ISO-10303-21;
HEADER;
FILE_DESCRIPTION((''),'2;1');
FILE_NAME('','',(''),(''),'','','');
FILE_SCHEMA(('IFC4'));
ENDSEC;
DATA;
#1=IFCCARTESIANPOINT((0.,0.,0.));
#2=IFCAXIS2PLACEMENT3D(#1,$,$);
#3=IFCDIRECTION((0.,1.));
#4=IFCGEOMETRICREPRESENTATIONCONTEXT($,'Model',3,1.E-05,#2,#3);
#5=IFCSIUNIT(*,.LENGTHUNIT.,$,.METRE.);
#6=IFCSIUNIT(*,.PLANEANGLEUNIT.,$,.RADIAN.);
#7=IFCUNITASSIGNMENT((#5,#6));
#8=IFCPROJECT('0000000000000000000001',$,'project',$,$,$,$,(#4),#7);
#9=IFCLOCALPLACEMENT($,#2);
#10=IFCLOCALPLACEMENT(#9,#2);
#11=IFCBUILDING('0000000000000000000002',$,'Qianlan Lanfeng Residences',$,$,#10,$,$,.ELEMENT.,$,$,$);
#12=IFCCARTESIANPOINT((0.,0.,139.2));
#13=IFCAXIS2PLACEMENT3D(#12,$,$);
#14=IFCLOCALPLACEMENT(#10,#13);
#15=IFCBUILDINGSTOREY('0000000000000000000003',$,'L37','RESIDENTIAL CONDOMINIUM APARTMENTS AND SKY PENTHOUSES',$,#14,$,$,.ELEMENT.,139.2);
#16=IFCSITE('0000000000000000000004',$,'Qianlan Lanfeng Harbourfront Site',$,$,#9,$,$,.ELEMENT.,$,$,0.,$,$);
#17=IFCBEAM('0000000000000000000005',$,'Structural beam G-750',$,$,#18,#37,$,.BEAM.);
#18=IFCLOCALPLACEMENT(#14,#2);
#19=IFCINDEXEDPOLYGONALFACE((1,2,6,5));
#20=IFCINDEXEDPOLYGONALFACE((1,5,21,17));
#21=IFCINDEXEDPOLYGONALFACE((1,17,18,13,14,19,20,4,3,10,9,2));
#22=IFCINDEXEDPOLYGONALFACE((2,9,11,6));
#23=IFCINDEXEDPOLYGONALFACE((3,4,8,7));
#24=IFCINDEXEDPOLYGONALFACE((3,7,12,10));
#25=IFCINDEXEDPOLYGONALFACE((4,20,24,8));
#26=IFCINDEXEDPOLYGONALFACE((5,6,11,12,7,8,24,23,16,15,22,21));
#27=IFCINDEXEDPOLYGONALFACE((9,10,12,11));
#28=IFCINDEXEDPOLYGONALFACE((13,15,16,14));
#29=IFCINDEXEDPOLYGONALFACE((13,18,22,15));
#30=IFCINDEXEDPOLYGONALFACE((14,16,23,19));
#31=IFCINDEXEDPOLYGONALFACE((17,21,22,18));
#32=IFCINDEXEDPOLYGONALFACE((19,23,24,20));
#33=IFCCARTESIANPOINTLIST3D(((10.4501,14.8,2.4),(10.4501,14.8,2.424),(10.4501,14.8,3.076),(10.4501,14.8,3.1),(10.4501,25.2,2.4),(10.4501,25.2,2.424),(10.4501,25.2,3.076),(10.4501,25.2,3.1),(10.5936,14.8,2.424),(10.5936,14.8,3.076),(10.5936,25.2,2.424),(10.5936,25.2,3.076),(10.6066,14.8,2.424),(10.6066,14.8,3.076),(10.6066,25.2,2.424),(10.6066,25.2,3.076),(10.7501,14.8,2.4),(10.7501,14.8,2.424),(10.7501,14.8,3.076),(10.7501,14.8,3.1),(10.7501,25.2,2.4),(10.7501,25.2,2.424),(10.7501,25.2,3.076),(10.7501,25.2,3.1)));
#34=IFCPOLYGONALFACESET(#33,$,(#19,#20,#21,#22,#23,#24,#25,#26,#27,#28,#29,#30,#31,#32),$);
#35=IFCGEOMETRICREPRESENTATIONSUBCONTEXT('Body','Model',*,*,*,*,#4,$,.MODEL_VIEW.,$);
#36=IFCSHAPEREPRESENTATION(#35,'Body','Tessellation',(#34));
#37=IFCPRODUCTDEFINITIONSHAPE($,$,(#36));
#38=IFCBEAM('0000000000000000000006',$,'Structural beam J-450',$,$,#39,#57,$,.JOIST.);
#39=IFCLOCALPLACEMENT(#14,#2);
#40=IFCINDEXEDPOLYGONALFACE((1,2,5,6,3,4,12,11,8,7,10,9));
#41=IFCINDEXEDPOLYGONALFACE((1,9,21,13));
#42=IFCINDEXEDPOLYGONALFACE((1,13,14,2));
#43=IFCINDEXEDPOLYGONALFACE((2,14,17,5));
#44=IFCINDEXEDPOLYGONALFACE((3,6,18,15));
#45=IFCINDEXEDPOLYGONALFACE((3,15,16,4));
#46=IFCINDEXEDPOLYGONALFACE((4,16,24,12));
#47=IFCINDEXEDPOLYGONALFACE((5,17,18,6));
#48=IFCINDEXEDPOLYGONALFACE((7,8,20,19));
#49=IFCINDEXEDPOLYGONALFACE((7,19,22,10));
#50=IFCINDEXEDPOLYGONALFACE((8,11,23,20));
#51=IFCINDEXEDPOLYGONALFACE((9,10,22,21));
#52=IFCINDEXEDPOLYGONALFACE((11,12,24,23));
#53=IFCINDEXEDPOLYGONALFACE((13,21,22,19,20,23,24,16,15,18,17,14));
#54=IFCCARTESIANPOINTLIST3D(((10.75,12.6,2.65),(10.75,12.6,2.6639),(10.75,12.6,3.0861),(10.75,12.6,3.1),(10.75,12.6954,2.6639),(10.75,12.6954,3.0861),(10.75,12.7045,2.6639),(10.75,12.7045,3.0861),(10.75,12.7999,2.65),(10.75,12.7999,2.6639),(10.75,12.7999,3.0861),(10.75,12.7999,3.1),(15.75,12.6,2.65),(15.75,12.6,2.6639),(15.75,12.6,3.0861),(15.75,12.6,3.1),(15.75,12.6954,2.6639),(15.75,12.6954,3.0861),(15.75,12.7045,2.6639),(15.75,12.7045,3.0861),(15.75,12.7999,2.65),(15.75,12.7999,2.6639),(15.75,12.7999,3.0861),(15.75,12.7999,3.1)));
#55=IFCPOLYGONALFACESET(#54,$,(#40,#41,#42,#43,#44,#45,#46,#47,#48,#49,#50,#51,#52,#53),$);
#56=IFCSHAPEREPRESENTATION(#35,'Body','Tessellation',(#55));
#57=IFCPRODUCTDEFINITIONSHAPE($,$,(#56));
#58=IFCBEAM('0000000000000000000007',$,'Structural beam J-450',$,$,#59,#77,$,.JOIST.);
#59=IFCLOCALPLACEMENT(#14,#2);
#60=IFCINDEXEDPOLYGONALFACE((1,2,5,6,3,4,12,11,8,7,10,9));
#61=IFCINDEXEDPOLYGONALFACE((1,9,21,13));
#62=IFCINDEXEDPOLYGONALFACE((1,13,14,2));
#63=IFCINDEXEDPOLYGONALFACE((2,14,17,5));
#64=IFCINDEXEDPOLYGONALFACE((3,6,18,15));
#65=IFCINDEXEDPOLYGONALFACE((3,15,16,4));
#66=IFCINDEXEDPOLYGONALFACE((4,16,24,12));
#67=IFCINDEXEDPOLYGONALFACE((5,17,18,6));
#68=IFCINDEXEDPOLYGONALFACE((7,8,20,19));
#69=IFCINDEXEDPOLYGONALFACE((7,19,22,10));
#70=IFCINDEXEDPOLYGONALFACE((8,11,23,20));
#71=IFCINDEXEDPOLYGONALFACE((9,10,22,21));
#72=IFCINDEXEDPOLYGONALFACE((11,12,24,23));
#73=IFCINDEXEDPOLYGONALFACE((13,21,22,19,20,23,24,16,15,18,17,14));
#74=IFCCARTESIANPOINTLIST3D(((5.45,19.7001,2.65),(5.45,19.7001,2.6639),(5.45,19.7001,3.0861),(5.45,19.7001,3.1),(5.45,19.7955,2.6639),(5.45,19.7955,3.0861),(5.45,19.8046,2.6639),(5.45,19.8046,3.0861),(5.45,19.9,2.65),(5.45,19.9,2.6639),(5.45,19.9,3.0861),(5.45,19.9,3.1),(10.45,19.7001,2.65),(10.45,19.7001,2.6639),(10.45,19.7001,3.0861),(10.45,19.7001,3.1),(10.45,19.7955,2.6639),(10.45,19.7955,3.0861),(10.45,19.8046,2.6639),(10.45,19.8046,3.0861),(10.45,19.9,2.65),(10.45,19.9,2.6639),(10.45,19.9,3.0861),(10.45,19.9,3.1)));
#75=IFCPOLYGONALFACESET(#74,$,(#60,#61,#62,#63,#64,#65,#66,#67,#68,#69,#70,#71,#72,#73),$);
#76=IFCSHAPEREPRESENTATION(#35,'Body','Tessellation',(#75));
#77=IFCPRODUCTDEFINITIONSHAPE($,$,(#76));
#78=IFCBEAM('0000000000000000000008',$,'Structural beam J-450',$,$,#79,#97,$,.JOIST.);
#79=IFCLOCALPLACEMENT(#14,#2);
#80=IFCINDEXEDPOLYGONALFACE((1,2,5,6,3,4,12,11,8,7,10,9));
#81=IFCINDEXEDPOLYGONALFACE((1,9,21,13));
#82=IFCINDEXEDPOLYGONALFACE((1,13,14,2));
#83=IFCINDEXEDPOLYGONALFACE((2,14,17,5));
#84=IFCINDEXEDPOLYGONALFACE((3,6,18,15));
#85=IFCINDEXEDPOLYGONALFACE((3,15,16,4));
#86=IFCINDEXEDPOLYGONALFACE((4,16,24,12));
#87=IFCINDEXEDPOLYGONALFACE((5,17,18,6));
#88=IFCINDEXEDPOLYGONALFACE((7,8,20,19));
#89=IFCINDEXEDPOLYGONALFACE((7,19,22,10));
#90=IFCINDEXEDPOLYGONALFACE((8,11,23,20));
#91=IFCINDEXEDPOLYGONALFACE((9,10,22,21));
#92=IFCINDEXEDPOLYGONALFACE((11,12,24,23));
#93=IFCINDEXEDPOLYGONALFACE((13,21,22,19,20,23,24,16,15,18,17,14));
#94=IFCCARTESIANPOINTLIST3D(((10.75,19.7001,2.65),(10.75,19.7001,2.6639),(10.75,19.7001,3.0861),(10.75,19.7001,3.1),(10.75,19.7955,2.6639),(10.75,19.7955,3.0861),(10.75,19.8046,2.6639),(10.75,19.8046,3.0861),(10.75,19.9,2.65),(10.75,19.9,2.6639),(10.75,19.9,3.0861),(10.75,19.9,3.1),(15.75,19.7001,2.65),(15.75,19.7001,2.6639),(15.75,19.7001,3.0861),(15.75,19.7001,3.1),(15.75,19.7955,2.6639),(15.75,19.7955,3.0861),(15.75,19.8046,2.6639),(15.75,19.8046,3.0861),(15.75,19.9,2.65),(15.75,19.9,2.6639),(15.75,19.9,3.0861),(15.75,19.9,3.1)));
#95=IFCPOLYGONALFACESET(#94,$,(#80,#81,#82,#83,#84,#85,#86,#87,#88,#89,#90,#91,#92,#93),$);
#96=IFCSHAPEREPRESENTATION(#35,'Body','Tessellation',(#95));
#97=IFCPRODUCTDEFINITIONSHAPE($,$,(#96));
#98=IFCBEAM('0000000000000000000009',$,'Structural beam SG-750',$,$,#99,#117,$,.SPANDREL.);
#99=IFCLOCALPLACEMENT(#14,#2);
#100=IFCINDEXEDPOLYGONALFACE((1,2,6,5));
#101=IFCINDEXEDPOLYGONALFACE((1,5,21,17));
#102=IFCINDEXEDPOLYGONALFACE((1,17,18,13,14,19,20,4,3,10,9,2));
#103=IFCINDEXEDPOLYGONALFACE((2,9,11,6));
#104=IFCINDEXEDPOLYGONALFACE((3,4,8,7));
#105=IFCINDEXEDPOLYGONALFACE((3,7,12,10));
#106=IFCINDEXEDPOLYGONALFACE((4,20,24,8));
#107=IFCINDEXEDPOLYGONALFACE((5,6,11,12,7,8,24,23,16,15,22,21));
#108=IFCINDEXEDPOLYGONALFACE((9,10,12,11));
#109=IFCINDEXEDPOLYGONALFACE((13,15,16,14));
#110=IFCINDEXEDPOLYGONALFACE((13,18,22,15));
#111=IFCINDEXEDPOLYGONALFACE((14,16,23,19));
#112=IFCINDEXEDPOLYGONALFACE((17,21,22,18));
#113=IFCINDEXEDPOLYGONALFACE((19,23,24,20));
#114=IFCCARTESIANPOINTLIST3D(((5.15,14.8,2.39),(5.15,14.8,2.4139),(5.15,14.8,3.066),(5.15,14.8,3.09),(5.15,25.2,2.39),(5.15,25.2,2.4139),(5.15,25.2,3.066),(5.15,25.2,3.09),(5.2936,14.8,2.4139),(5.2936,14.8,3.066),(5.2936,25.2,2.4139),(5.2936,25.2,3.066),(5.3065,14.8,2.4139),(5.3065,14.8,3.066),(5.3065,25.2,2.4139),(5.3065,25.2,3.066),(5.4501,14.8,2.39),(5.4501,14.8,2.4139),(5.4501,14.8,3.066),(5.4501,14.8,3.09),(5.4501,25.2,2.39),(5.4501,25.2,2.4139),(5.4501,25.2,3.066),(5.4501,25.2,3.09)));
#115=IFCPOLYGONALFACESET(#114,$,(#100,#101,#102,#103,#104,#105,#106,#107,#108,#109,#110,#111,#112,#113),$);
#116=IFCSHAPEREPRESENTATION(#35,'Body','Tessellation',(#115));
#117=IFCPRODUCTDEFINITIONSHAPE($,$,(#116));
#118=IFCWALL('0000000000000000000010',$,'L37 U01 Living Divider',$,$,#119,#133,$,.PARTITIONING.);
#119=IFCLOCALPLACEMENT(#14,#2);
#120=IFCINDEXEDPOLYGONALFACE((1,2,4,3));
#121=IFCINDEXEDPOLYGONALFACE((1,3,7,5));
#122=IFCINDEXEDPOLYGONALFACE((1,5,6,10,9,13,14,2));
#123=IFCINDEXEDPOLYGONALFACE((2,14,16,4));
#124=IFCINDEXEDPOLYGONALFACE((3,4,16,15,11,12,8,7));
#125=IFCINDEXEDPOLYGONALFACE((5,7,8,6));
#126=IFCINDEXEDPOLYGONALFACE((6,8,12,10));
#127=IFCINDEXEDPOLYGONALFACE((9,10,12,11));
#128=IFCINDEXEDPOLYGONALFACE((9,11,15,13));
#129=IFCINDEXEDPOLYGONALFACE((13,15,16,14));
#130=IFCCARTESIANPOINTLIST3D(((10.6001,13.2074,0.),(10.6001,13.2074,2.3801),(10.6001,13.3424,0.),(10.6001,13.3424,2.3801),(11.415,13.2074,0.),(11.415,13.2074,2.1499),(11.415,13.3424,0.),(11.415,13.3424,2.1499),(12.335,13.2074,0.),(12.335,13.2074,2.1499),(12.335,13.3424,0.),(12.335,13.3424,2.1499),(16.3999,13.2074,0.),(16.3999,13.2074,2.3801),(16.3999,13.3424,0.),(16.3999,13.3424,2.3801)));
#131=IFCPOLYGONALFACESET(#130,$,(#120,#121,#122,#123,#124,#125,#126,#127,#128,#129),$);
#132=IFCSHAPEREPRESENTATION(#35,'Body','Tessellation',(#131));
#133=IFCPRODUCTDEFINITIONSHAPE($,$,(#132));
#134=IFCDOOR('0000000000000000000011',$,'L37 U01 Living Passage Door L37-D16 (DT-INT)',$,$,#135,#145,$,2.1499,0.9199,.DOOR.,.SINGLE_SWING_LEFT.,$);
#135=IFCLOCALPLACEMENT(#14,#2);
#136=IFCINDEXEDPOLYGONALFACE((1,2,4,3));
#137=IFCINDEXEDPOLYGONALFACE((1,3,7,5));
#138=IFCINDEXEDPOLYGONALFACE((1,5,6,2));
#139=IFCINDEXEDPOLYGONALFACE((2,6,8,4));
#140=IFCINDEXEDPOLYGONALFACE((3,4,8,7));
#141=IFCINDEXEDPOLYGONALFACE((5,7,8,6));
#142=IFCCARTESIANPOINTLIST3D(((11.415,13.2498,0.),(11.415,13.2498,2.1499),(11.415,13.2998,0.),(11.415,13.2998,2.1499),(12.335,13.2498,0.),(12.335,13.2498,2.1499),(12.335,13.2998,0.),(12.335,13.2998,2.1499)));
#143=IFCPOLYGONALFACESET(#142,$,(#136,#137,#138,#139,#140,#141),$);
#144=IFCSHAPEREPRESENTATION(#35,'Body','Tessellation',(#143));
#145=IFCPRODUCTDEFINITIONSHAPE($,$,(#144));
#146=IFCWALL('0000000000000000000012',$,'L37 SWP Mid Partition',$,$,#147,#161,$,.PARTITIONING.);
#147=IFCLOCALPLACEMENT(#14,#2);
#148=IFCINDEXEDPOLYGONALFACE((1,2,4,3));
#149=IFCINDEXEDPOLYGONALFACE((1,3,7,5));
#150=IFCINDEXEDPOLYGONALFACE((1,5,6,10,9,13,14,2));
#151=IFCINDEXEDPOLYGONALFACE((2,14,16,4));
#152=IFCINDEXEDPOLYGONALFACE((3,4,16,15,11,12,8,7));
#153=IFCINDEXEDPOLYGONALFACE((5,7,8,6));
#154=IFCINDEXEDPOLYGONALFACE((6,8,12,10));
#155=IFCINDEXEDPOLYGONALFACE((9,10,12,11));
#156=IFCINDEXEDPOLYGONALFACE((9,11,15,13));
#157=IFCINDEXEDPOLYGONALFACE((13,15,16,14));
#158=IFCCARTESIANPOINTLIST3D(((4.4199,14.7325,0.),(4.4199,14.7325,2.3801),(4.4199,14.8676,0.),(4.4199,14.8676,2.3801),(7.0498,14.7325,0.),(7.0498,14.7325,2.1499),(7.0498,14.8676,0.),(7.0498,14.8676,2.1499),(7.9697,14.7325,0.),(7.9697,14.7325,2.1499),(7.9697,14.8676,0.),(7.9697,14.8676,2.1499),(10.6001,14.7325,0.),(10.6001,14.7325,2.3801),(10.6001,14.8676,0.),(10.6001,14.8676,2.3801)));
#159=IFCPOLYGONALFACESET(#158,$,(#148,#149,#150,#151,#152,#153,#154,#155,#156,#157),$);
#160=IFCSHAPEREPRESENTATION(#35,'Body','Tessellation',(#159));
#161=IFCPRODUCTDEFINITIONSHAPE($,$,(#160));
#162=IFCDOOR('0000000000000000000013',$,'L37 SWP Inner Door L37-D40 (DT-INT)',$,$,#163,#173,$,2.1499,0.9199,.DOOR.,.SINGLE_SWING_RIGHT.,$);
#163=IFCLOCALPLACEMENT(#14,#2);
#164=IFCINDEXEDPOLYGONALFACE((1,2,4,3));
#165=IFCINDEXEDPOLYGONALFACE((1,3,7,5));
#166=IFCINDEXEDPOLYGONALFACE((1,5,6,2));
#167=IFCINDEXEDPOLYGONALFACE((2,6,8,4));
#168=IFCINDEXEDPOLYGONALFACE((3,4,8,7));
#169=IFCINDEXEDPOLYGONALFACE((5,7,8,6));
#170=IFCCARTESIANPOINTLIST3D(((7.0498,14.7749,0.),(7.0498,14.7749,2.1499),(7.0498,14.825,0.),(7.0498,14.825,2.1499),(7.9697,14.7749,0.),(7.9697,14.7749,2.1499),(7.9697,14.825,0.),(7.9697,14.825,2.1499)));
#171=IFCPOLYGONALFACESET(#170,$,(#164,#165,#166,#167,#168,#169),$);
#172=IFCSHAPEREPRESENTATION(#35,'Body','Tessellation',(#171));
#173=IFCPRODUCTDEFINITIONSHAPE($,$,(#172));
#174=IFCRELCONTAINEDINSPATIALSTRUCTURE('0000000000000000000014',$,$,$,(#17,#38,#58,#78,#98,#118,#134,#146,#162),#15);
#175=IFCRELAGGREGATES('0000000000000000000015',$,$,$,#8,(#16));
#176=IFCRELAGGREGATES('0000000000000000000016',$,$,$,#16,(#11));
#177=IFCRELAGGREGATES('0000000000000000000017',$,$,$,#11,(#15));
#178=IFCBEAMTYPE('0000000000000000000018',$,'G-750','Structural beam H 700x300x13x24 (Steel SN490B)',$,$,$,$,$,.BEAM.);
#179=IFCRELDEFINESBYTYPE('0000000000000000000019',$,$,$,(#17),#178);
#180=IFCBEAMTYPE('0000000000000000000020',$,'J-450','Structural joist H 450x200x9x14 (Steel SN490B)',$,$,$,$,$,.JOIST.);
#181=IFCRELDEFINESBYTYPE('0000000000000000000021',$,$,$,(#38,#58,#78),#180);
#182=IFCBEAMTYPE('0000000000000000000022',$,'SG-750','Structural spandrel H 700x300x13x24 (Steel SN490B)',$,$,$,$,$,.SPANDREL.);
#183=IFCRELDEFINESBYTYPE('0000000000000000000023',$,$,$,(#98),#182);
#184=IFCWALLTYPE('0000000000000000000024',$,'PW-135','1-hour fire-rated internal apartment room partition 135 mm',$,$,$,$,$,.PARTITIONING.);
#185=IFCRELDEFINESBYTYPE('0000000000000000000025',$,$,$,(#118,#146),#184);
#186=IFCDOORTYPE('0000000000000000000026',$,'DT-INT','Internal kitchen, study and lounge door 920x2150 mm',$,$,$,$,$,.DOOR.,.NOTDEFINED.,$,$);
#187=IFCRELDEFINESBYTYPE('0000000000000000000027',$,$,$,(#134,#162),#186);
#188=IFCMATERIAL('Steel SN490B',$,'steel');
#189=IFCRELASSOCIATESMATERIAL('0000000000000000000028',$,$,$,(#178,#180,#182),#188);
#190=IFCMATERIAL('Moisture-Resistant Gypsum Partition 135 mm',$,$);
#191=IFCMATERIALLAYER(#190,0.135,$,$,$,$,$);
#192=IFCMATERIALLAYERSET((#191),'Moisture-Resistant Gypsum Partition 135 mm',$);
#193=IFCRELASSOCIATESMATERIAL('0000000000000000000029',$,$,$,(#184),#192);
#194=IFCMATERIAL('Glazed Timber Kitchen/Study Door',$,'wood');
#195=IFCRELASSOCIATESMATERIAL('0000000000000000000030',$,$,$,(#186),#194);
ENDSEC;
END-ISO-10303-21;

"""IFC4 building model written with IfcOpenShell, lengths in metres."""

from ifc_helpers import new_model, si_unit, direction, frame, frame_2d, origin, origin_2d, place, context, subcontext, project, spatial, rectangle, i_section, extrude, material, layer, layer_set, material_profile, profile_set, type_object, element, fill, save


model = new_model("IFC4")

# Units and contexts
model_context = context("Model", 3, precision=1e-05, world=origin(), true_north=direction((0.0, 1.0)))
body_context = subcontext(model_context, "Body", "Model", "MODEL_VIEW")
ifc_project = project(units=[si_unit("LENGTHUNIT", "METRE"), si_unit("PLANEANGLEUNIT", "RADIAN")], contexts=[model_context])

# Site, building, storey
site_placement = place(None, origin())
site = spatial("IfcSite", under=ifc_project, at=site_placement, Name="Qianlan Lanfeng Harbourfront Site", CompositionType="ELEMENT", RefElevation=0.0)
building_placement = place(site_placement, origin())
building = spatial("IfcBuilding", under=site, at=building_placement, Name="Qianlan Lanfeng Residences", CompositionType="ELEMENT")
storey_placement = place(building_placement, frame((0.0, 0.0, 139.2)))
storey = spatial("IfcBuildingStorey", under=building, at=storey_placement, Name="L37", Description="RESIDENTIAL CONDOMINIUM APARTMENTS AND SKY PENTHOUSES", CompositionType="ELEMENT", Elevation=139.2)

# Shared definitions
ifc_material_1 = material(Name="Steel SN490B", Category="steel")

# Beams
ifc_material_profile_1 = material_profile(ifc_material_1, i_section(OverallWidth=0.3, OverallDepth=0.7, WebThickness=0.0129, FlangeThickness=0.0239, at=origin_2d()), Name="H 700x300x13x24")
ifc_profile_set_1 = profile_set([ifc_material_profile_1], Name="Steel SN490B")
beam_type_1 = type_object("IfcBeamType", Name="G-750", Description="Structural beam H 700x300x13x24 (Steel SN490B)", PredefinedType="BEAM", material=ifc_profile_set_1)
beam_1_placement = place(storey_placement, frame((10.6001, 14.8, 2.75), z_axis=(0.0, 1.0, 0.0), x_axis=(-1.0, 0.0, 0.0)))
element("IfcBeam", 1, at=beam_1_placement, inside=storey, type_object=beam_type_1, Name="Structural beam G-750", PredefinedType="BEAM", context=body_context, shape_type="SweptSolid", body=[
    extrude(i_section(OverallWidth=0.3, OverallDepth=0.7, WebThickness=0.0129, FlangeThickness=0.0239, at=origin_2d()), origin(), (0.0, 0.0, 1.0), 10.3999),
])
ifc_material_profile_2 = material_profile(ifc_material_1, i_section(OverallWidth=0.2, OverallDepth=0.45, WebThickness=0.009, FlangeThickness=0.0139, at=origin_2d()), Name="H 450x200x9x14")
ifc_profile_set_2 = profile_set([ifc_material_profile_2], Name="Steel SN490B")
beam_type_2 = type_object("IfcBeamType", Name="J-450", Description="Structural joist H 450x200x9x14 (Steel SN490B)", PredefinedType="JOIST", material=ifc_profile_set_2)
for number, where, z_axis, x_axis, name in (
    (2, (10.75, 12.7, 2.875), (1.0, 0.0, 0.0), (0.0, 1.0, 0.0), "Structural beam J-450"),
    (3, (5.45, 19.8, 2.875), (1.0, 0.0, 0.0), (0.0, 1.0, 0.0), "Structural beam J-450"),
    (4, (10.75, 19.8, 2.875), (1.0, 0.0, 0.0), (0.0, 1.0, 0.0), "Structural beam J-450"),
):
    element("IfcBeam", number, at=place(storey_placement, frame(where, z_axis=z_axis, x_axis=x_axis)), inside=storey, type_object=beam_type_2, Name=name, PredefinedType="JOIST", context=body_context, shape_type="SweptSolid", body=[
        extrude(i_section(OverallWidth=0.2, OverallDepth=0.45, WebThickness=0.009, FlangeThickness=0.0139, at=origin_2d()), origin(), (0.0, 0.0, 1.0), 5.0),
    ])
ifc_material_profile_3 = material_profile(ifc_material_1, i_section(OverallWidth=0.3, OverallDepth=0.7, WebThickness=0.0129, FlangeThickness=0.0239, at=origin_2d()), Name="H 700x300x13x24")
ifc_profile_set_3 = profile_set([ifc_material_profile_3], Name="Steel SN490B")
beam_type_3 = type_object("IfcBeamType", Name="SG-750", Description="Structural spandrel H 700x300x13x24 (Steel SN490B)", PredefinedType="SPANDREL", material=ifc_profile_set_3)
beam_2_placement = place(storey_placement, frame((5.3, 14.8, 2.74), z_axis=(0.0, 1.0, 0.0), x_axis=(-1.0, 0.0, 0.0)))
element("IfcBeam", 5, at=beam_2_placement, inside=storey, type_object=beam_type_3, Name="Structural beam SG-750", PredefinedType="SPANDREL", context=body_context, shape_type="SweptSolid", body=[
    extrude(i_section(OverallWidth=0.3, OverallDepth=0.7, WebThickness=0.0129, FlangeThickness=0.0239, at=origin_2d()), origin(), (0.0, 0.0, 1.0), 10.3999),
])

# Walls, openings, doors
ifc_material_2 = material(Name="Moisture-Resistant Gypsum Partition 135 mm")
ifc_layer_1 = layer(ifc_material_2, 0.135)
ifc_layer_set_1 = layer_set([ifc_layer_1], Name="Moisture-Resistant Gypsum Partition 135 mm")
wall_type_1 = type_object("IfcWallType", Name="PW-135", Description="1-hour fire-rated internal apartment room partition 135 mm", PredefinedType="PARTITIONING", material=ifc_layer_set_1)
wall_1_placement = place(storey_placement, frame((10.6001, 13.2749, 0.0), z_axis=(0.0, 0.0, 1.0), x_axis=(1.0, 0.0, 0.0)))
wall_1 = element("IfcWall", 6, at=wall_1_placement, inside=storey, type_object=wall_type_1, Name="L37 U01 Living Divider", PredefinedType="PARTITIONING", context=body_context, shape_type="SweptSolid", body=[
    extrude(rectangle(XDim=5.7998, YDim=0.135, at=frame_2d((2.8999, 0.0))), origin(), (0.0, 0.0, 1.0), 2.3801),
])
opening_1_placement = place(wall_1_placement, frame((0.8149, 0.0, 0.0)))
opening_1 = element("IfcOpeningElement", 7, at=opening_1_placement, cuts=wall_1, PredefinedType="OPENING", context=body_context, shape_type="SweptSolid", body=[
    extrude(rectangle(XDim=0.9199, YDim=2.1499, at=frame_2d((0.46, 1.075))), frame((0.0, 0.0776, 0.0), z_axis=(0.0, -1.0, 0.0), x_axis=(1.0, 0.0, 0.0)), (0.0, 0.0, 1.0), 0.155),
])
ifc_material_3 = material(Name="Glazed Timber Kitchen/Study Door", Category="wood")
door_type_1 = type_object("IfcDoorType", Name="DT-INT", Description="Internal kitchen, study and lounge door 920x2150 mm", OperationType="NOTDEFINED", PredefinedType="DOOR", material=ifc_material_3)
door_1_placement = place(opening_1_placement, origin())
door_1 = element("IfcDoor", 8, at=door_1_placement, inside=storey, type_object=door_type_1, Name="L37 U01 Living Passage Door L37-D16 (DT-INT)", OperationType="SINGLE_SWING_LEFT", OverallHeight=2.1499, OverallWidth=0.9199, PredefinedType="DOOR", context=body_context, shape_type="SweptSolid", body=[
    extrude(rectangle(XDim=0.9199, YDim=2.1499, at=frame_2d((0.46, 1.075))), frame((0.0, 0.0249, 0.0), z_axis=(0.0, -1.0, 0.0), x_axis=(1.0, 0.0, 0.0)), (0.0, 0.0, 1.0), 0.05),
])
fill(opening_1, door_1)
wall_2_placement = place(storey_placement, frame((4.4199, 14.8, 0.0), z_axis=(0.0, 0.0, 1.0), x_axis=(1.0, 0.0, 0.0)))
wall_2 = element("IfcWall", 9, at=wall_2_placement, inside=storey, type_object=wall_type_1, Name="L37 SWP Mid Partition", PredefinedType="PARTITIONING", context=body_context, shape_type="SweptSolid", body=[
    extrude(rectangle(XDim=6.1802, YDim=0.135, at=frame_2d((3.0901, 0.0))), origin(), (0.0, 0.0, 1.0), 2.3801),
])
opening_2_placement = place(wall_2_placement, frame((2.6299, 0.0, 0.0)))
opening_2 = element("IfcOpeningElement", 10, at=opening_2_placement, cuts=wall_2, PredefinedType="OPENING", context=body_context, shape_type="SweptSolid", body=[
    extrude(rectangle(XDim=0.9199, YDim=2.1499, at=frame_2d((0.46, 1.075))), frame((0.0, 0.0776, 0.0), z_axis=(0.0, -1.0, 0.0), x_axis=(1.0, 0.0, 0.0)), (0.0, 0.0, 1.0), 0.155),
])
door_2_placement = place(opening_2_placement, origin())
door_2 = element("IfcDoor", 11, at=door_2_placement, inside=storey, type_object=door_type_1, Name="L37 SWP Inner Door L37-D40 (DT-INT)", OperationType="SINGLE_SWING_RIGHT", OverallHeight=2.1499, OverallWidth=0.9199, PredefinedType="DOOR", context=body_context, shape_type="SweptSolid", body=[
    extrude(rectangle(XDim=0.9199, YDim=2.1499, at=frame_2d((0.46, 1.075))), frame((0.0, 0.0249, 0.0), z_axis=(0.0, -1.0, 0.0), x_axis=(1.0, 0.0, 0.0)), (0.0, 0.0, 1.0), 0.05),
])
fill(opening_2, door_2)

save(model, "model.ifc")
